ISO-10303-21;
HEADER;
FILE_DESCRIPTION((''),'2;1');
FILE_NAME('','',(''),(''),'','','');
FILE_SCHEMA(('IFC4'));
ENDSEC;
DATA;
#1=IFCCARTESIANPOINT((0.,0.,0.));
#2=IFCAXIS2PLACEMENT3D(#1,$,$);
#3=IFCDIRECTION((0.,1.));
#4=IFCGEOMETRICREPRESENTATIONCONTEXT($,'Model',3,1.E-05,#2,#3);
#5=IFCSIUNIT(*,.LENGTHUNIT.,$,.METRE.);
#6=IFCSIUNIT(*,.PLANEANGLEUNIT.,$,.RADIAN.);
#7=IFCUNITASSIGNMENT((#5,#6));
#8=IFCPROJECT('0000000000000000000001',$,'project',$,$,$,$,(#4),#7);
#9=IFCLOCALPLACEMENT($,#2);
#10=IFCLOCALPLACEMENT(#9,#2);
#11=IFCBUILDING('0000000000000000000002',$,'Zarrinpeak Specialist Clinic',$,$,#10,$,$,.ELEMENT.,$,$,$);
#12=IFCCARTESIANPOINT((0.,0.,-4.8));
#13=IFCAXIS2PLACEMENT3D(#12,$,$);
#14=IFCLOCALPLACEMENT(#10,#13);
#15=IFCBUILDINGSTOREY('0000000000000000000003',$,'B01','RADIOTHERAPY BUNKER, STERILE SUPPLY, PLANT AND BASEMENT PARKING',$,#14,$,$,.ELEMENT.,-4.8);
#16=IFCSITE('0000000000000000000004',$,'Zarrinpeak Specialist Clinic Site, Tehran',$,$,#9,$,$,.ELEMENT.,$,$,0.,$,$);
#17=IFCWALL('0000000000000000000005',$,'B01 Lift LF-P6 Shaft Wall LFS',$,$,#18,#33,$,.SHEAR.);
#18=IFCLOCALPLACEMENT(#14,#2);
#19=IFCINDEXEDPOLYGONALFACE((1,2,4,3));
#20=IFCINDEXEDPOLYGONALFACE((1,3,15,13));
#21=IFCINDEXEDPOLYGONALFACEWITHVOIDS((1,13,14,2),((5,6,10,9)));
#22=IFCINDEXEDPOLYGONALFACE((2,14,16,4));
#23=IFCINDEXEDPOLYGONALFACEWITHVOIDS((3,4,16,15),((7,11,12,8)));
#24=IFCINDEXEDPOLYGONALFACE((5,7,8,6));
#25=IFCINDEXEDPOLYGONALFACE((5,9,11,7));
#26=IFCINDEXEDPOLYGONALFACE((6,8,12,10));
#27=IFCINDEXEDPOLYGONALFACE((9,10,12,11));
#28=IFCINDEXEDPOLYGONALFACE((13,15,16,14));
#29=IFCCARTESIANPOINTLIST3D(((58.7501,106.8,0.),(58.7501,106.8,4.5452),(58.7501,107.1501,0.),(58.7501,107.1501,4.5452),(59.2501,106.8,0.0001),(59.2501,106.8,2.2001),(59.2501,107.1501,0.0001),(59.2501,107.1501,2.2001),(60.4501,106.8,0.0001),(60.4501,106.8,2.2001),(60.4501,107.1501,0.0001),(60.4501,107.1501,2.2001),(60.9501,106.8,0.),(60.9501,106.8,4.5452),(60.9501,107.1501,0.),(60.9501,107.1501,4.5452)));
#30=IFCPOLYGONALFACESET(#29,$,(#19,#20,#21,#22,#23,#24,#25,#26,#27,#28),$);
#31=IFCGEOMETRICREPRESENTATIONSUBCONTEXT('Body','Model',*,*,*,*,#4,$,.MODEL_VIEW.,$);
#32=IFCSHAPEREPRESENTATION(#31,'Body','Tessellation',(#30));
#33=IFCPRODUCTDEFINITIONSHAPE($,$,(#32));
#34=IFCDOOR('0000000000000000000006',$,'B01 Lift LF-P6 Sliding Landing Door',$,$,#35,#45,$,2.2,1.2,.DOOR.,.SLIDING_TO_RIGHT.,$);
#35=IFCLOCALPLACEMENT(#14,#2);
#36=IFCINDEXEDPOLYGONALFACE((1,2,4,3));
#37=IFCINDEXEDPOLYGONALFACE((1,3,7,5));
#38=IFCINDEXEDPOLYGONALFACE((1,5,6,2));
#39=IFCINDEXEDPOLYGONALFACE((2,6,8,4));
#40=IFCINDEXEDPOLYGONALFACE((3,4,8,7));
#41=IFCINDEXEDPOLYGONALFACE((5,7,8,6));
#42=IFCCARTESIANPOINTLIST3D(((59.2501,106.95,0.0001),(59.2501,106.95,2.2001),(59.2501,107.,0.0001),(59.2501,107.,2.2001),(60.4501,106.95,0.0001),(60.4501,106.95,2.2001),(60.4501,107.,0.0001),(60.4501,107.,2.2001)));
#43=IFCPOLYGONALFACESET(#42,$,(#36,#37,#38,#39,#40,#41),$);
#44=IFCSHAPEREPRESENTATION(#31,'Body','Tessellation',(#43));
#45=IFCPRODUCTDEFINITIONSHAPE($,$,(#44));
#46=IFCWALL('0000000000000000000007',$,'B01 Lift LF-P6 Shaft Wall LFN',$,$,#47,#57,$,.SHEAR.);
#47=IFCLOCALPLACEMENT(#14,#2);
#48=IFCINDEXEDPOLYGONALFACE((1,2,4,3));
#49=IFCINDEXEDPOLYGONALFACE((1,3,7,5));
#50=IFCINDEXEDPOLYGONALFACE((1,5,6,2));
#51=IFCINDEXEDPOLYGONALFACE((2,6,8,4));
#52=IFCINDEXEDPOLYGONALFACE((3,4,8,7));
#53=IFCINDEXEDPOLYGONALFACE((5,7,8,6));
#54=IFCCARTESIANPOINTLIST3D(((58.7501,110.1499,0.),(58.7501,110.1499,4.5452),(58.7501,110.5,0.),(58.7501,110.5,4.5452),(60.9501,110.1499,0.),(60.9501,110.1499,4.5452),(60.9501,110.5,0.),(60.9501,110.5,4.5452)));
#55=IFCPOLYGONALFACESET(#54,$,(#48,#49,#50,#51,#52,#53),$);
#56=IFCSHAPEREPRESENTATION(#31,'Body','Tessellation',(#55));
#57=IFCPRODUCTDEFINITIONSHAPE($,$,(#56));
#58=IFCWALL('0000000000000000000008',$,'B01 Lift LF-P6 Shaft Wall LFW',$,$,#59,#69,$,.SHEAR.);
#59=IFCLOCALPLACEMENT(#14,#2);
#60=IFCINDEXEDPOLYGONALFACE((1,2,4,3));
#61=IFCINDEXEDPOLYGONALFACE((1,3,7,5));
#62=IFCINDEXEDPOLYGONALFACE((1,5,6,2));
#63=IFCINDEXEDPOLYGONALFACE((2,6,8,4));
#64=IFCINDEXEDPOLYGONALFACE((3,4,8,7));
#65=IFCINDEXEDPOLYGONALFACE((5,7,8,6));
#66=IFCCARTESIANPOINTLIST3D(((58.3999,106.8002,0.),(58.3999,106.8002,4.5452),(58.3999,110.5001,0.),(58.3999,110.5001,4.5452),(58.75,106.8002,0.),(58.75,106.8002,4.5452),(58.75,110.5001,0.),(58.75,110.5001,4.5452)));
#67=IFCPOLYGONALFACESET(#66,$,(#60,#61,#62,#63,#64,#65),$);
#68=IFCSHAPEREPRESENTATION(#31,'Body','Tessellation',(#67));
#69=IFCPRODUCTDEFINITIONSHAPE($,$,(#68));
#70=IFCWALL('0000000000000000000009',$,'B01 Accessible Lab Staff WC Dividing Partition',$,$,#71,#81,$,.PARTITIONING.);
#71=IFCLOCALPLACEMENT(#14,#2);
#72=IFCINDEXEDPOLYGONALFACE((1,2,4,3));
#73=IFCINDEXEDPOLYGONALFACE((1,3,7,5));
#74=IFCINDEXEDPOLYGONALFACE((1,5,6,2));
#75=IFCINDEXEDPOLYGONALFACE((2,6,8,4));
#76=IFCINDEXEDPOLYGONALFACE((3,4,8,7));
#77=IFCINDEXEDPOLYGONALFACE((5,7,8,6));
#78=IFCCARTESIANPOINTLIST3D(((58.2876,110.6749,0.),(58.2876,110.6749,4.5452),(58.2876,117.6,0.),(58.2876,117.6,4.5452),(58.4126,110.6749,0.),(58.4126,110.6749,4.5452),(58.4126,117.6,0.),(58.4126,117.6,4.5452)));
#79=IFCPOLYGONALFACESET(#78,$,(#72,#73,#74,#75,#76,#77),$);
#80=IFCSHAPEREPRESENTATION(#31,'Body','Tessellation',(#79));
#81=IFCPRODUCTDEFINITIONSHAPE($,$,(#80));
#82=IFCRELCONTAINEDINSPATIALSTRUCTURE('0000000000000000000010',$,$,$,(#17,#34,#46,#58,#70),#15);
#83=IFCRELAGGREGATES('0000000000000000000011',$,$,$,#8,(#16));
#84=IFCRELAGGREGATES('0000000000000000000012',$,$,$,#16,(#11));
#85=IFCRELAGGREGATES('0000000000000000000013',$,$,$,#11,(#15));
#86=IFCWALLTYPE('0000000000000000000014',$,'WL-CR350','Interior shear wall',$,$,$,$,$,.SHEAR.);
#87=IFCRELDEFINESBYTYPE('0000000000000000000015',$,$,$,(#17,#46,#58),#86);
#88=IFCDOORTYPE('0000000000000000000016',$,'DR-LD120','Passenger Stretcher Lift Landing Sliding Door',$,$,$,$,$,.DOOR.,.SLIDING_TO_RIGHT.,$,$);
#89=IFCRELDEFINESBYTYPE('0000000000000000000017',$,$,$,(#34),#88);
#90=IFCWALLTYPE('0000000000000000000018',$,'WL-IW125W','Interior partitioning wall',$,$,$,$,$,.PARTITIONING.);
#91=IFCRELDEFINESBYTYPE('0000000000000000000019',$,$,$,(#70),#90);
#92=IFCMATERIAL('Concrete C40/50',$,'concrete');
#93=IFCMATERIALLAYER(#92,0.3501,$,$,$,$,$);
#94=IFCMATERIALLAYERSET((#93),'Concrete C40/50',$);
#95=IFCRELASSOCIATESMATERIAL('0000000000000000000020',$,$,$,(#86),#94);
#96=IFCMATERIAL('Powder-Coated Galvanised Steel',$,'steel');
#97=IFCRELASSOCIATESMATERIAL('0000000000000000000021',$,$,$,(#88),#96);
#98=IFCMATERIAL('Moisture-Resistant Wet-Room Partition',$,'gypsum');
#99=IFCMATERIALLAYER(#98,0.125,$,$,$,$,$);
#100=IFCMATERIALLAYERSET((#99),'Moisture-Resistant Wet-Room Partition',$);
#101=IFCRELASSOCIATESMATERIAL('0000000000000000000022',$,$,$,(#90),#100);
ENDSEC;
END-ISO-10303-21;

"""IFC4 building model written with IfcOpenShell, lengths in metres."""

from ifc_helpers import new_model, si_unit, direction, frame, frame_2d, origin, place, context, subcontext, project, spatial, rectangle, extrude, material, layer, layer_set, type_object, element, fill, save


model = new_model("IFC4")

# Units and contexts
model_context = context("Model", 3, precision=1e-05, world=origin(), true_north=direction((0.0, 1.0)))
body_context = subcontext(model_context, "Body", "Model", "MODEL_VIEW")
ifc_project = project(units=[si_unit("LENGTHUNIT", "METRE"), si_unit("PLANEANGLEUNIT", "RADIAN")], contexts=[model_context])

# Site, building, storey
site_placement = place(None, origin())
site = spatial("IfcSite", under=ifc_project, at=site_placement, Name="Zarrinpeak Specialist Clinic Site, Tehran", CompositionType="ELEMENT", RefElevation=0.0)
building_placement = place(site_placement, origin())
building = spatial("IfcBuilding", under=site, at=building_placement, Name="Zarrinpeak Specialist Clinic", CompositionType="ELEMENT")
storey_placement = place(building_placement, frame((0.0, 0.0, -4.8)))
storey = spatial("IfcBuildingStorey", under=building, at=storey_placement, Name="B01", Description="RADIOTHERAPY BUNKER, STERILE SUPPLY, PLANT AND BASEMENT PARKING", CompositionType="ELEMENT", Elevation=-4.8)

# Shared definitions
ifc_material_1 = material(Name="Concrete C40/50", Category="concrete")

# Wall, opening, door
ifc_layer_1 = layer(ifc_material_1, 0.3501)
ifc_layer_set_1 = layer_set([ifc_layer_1], Name="Concrete C40/50")
wall_type_1 = type_object("IfcWallType", Name="WL-CR350", Description="Interior shear wall", PredefinedType="SHEAR", material=ifc_layer_set_1)
wall_1_placement = place(storey_placement, frame((58.75, 106.9751, 0.0), z_axis=(0.0, 0.0, 1.0), x_axis=(1.0, 0.0, 0.0)))
wall_1 = element("IfcWall", 1, at=wall_1_placement, inside=storey, type_object=wall_type_1, Name="B01 Lift LF-P6 Shaft Wall LFS", PredefinedType="SHEAR", context=body_context, shape_type="SweptSolid", body=[
    extrude(rectangle(XDim=2.2, YDim=0.3501, at=frame_2d((1.1001, 0.0))), origin(), (0.0, 0.0, 1.0), 4.5452),
])
opening_placement = place(wall_1_placement, frame((0.5, 0.0, 0.0)))
opening = element("IfcOpeningElement", 2, at=opening_placement, cuts=wall_1, PredefinedType="OPENING", context=body_context, shape_type="SweptSolid", body=[
    extrude(rectangle(XDim=1.2, YDim=2.2, at=frame_2d((0.6001, 1.1001))), frame((0.0, 0.1851, 0.0), z_axis=(0.0, -1.0, 0.0), x_axis=(1.0, 0.0, 0.0)), (0.0, 0.0, 1.0), 0.3701),
])
ifc_material_2 = material(Name="Powder-Coated Galvanised Steel", Category="steel")
door_type = type_object("IfcDoorType", Name="DR-LD120", Description="Passenger Stretcher Lift Landing Sliding Door", OperationType="SLIDING_TO_RIGHT", PredefinedType="DOOR", material=ifc_material_2)
door_placement = place(opening_placement, origin())
door = element("IfcDoor", 3, at=door_placement, inside=storey, type_object=door_type, Name="B01 Lift LF-P6 Sliding Landing Door", OperationType="SLIDING_TO_RIGHT", OverallHeight=2.2, OverallWidth=1.2, PredefinedType="DOOR", context=body_context, shape_type="SweptSolid", body=[
    extrude(rectangle(XDim=1.2, YDim=2.2, at=frame_2d((0.6001, 1.1001))), frame((0.0, 0.0249, 0.0), z_axis=(0.0, -1.0, 0.0), x_axis=(1.0, 0.0, 0.0)), (0.0, 0.0, 1.0), 0.05),
])
fill(opening, door)

# Walls
wall_2_placement = place(storey_placement, frame((58.75, 110.325, 0.0), z_axis=(0.0, 0.0, 1.0), x_axis=(1.0, 0.0, 0.0)))
element("IfcWall", 4, at=wall_2_placement, inside=storey, type_object=wall_type_1, Name="B01 Lift LF-P6 Shaft Wall LFN", PredefinedType="SHEAR", context=body_context, shape_type="SweptSolid", body=[
    extrude(rectangle(XDim=2.2, YDim=0.3501, at=frame_2d((1.1001, 0.0))), origin(), (0.0, 0.0, 1.0), 4.5452),
])
wall_3_placement = place(storey_placement, frame((58.575, 106.8, 0.0), z_axis=(0.0, 0.0, 1.0), x_axis=(0.0, 1.0, 0.0)))
element("IfcWall", 5, at=wall_3_placement, inside=storey, type_object=wall_type_1, Name="B01 Lift LF-P6 Shaft Wall LFW", PredefinedType="SHEAR", context=body_context, shape_type="SweptSolid", body=[
    extrude(rectangle(XDim=3.7, YDim=0.3501, at=frame_2d((1.8501, 0.0))), origin(), (0.0, 0.0, 1.0), 4.5452),
])
ifc_material_3 = material(Name="Moisture-Resistant Wet-Room Partition", Category="gypsum")
ifc_layer_2 = layer(ifc_material_3, 0.125)
ifc_layer_set_2 = layer_set([ifc_layer_2], Name="Moisture-Resistant Wet-Room Partition")
wall_type_2 = type_object("IfcWallType", Name="WL-IW125W", Description="Interior partitioning wall", PredefinedType="PARTITIONING", material=ifc_layer_set_2)
wall_4_placement = place(storey_placement, frame((58.3501, 110.675, 0.0), z_axis=(0.0, 0.0, 1.0), x_axis=(0.0, 1.0, 0.0)))
element("IfcWall", 6, at=wall_4_placement, inside=storey, type_object=wall_type_2, Name="B01 Accessible Lab Staff WC Dividing Partition", PredefinedType="PARTITIONING", context=body_context, shape_type="SweptSolid", body=[
    extrude(rectangle(XDim=6.925, YDim=0.125, at=frame_2d((3.4624, 0.0))), origin(), (0.0, 0.0, 1.0), 4.5452),
])

save(model, "model.ifc")
